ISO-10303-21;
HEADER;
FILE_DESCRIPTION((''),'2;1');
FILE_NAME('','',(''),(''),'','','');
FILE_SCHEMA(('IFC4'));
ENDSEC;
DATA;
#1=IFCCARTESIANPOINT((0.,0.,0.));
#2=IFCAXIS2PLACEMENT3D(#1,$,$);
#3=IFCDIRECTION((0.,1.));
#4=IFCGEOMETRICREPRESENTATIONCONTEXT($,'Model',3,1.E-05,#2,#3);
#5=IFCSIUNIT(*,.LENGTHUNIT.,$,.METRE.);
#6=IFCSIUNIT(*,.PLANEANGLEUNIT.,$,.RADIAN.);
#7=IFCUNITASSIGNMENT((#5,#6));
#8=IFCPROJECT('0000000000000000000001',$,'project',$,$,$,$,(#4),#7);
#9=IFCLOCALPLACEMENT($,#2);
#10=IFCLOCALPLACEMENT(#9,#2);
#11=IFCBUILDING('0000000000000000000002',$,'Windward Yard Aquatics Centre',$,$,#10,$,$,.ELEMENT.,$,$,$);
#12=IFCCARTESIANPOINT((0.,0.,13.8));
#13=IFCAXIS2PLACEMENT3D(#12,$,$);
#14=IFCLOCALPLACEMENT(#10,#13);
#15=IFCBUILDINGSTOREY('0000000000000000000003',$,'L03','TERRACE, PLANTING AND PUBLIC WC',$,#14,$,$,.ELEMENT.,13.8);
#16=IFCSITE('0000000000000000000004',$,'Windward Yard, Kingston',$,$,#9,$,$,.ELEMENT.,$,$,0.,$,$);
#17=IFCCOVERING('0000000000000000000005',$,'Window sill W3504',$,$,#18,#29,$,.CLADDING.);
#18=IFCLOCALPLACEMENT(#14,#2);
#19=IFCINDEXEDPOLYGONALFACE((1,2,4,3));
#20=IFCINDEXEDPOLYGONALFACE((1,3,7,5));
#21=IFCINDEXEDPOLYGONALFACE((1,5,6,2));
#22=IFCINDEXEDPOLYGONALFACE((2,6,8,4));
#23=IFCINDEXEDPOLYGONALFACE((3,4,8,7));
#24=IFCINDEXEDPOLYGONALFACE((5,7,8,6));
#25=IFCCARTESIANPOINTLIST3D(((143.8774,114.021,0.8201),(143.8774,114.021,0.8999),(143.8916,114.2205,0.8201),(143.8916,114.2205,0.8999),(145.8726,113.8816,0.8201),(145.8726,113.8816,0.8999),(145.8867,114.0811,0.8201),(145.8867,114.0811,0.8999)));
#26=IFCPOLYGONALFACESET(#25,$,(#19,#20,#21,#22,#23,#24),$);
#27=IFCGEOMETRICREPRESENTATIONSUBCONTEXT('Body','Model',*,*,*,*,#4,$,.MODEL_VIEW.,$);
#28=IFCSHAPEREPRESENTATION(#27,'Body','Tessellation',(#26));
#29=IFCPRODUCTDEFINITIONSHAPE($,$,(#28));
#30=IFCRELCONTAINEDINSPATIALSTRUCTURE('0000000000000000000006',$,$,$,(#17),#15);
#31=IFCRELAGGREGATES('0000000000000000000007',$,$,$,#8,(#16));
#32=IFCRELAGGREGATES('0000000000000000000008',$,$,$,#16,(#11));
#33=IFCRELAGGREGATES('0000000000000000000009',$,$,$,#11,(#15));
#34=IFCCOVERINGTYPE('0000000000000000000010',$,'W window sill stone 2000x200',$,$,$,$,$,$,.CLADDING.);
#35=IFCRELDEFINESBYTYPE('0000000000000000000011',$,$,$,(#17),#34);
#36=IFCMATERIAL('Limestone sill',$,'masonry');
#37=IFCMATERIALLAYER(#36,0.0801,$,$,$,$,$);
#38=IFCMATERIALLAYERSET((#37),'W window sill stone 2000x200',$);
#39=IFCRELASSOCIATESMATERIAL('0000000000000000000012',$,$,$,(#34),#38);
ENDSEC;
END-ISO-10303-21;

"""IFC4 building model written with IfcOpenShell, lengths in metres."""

from ifc_helpers import new_model, si_unit, direction, frame, origin, place, context, subcontext, project, spatial, polyline, outline, extrude, material, layer, layer_set, type_object, element, save


model = new_model("IFC4")

# Units and contexts
model_context = context("Model", 3, precision=1e-05, world=origin(), true_north=direction((0.0, 1.0)))
body_context = subcontext(model_context, "Body", "Model", "MODEL_VIEW")
ifc_project = project(units=[si_unit("LENGTHUNIT", "METRE"), si_unit("PLANEANGLEUNIT", "RADIAN")], contexts=[model_context])

# Site, building, storey
site_placement = place(None, origin())
site = spatial("IfcSite", under=ifc_project, at=site_placement, Name="Windward Yard, Kingston", CompositionType="ELEMENT", RefElevation=0.0)
building_placement = place(site_placement, origin())
building = spatial("IfcBuilding", under=site, at=building_placement, Name="Windward Yard Aquatics Centre", CompositionType="ELEMENT")
storey_placement = place(building_placement, frame((0.0, 0.0, 13.8)))
storey = spatial("IfcBuildingStorey", under=building, at=storey_placement, Name="L03", Description="TERRACE, PLANTING AND PUBLIC WC", CompositionType="ELEMENT", Elevation=13.8)

# Covering
ifc_material_1 = material(Name="Limestone sill", Category="masonry")
ifc_layer_1 = layer(ifc_material_1, 0.0801)
ifc_layer_set_1 = layer_set([ifc_layer_1], Name="W window sill stone 2000x200")
covering_type_1 = type_object("IfcCoveringType", Name="W window sill stone 2000x200", PredefinedType="CLADDING", material=ifc_layer_set_1)
covering_1_placement = place(storey_placement, frame((0.0, 0.0, 0.8201)))
element("IfcCovering", 1, at=covering_1_placement, inside=storey, type_object=covering_type_1, Name="Window sill W3504", PredefinedType="CLADDING", context=body_context, shape_type="SweptSolid", body=[
    extrude(outline(polyline([(143.8774, 114.021), (143.8916, 114.2205), (145.8867, 114.0811), (145.8726, 113.8816), (143.8774, 114.021)])), origin(), (0.0, 0.0, 1.0), 0.0798),
])

save(model, "model.ifc")
